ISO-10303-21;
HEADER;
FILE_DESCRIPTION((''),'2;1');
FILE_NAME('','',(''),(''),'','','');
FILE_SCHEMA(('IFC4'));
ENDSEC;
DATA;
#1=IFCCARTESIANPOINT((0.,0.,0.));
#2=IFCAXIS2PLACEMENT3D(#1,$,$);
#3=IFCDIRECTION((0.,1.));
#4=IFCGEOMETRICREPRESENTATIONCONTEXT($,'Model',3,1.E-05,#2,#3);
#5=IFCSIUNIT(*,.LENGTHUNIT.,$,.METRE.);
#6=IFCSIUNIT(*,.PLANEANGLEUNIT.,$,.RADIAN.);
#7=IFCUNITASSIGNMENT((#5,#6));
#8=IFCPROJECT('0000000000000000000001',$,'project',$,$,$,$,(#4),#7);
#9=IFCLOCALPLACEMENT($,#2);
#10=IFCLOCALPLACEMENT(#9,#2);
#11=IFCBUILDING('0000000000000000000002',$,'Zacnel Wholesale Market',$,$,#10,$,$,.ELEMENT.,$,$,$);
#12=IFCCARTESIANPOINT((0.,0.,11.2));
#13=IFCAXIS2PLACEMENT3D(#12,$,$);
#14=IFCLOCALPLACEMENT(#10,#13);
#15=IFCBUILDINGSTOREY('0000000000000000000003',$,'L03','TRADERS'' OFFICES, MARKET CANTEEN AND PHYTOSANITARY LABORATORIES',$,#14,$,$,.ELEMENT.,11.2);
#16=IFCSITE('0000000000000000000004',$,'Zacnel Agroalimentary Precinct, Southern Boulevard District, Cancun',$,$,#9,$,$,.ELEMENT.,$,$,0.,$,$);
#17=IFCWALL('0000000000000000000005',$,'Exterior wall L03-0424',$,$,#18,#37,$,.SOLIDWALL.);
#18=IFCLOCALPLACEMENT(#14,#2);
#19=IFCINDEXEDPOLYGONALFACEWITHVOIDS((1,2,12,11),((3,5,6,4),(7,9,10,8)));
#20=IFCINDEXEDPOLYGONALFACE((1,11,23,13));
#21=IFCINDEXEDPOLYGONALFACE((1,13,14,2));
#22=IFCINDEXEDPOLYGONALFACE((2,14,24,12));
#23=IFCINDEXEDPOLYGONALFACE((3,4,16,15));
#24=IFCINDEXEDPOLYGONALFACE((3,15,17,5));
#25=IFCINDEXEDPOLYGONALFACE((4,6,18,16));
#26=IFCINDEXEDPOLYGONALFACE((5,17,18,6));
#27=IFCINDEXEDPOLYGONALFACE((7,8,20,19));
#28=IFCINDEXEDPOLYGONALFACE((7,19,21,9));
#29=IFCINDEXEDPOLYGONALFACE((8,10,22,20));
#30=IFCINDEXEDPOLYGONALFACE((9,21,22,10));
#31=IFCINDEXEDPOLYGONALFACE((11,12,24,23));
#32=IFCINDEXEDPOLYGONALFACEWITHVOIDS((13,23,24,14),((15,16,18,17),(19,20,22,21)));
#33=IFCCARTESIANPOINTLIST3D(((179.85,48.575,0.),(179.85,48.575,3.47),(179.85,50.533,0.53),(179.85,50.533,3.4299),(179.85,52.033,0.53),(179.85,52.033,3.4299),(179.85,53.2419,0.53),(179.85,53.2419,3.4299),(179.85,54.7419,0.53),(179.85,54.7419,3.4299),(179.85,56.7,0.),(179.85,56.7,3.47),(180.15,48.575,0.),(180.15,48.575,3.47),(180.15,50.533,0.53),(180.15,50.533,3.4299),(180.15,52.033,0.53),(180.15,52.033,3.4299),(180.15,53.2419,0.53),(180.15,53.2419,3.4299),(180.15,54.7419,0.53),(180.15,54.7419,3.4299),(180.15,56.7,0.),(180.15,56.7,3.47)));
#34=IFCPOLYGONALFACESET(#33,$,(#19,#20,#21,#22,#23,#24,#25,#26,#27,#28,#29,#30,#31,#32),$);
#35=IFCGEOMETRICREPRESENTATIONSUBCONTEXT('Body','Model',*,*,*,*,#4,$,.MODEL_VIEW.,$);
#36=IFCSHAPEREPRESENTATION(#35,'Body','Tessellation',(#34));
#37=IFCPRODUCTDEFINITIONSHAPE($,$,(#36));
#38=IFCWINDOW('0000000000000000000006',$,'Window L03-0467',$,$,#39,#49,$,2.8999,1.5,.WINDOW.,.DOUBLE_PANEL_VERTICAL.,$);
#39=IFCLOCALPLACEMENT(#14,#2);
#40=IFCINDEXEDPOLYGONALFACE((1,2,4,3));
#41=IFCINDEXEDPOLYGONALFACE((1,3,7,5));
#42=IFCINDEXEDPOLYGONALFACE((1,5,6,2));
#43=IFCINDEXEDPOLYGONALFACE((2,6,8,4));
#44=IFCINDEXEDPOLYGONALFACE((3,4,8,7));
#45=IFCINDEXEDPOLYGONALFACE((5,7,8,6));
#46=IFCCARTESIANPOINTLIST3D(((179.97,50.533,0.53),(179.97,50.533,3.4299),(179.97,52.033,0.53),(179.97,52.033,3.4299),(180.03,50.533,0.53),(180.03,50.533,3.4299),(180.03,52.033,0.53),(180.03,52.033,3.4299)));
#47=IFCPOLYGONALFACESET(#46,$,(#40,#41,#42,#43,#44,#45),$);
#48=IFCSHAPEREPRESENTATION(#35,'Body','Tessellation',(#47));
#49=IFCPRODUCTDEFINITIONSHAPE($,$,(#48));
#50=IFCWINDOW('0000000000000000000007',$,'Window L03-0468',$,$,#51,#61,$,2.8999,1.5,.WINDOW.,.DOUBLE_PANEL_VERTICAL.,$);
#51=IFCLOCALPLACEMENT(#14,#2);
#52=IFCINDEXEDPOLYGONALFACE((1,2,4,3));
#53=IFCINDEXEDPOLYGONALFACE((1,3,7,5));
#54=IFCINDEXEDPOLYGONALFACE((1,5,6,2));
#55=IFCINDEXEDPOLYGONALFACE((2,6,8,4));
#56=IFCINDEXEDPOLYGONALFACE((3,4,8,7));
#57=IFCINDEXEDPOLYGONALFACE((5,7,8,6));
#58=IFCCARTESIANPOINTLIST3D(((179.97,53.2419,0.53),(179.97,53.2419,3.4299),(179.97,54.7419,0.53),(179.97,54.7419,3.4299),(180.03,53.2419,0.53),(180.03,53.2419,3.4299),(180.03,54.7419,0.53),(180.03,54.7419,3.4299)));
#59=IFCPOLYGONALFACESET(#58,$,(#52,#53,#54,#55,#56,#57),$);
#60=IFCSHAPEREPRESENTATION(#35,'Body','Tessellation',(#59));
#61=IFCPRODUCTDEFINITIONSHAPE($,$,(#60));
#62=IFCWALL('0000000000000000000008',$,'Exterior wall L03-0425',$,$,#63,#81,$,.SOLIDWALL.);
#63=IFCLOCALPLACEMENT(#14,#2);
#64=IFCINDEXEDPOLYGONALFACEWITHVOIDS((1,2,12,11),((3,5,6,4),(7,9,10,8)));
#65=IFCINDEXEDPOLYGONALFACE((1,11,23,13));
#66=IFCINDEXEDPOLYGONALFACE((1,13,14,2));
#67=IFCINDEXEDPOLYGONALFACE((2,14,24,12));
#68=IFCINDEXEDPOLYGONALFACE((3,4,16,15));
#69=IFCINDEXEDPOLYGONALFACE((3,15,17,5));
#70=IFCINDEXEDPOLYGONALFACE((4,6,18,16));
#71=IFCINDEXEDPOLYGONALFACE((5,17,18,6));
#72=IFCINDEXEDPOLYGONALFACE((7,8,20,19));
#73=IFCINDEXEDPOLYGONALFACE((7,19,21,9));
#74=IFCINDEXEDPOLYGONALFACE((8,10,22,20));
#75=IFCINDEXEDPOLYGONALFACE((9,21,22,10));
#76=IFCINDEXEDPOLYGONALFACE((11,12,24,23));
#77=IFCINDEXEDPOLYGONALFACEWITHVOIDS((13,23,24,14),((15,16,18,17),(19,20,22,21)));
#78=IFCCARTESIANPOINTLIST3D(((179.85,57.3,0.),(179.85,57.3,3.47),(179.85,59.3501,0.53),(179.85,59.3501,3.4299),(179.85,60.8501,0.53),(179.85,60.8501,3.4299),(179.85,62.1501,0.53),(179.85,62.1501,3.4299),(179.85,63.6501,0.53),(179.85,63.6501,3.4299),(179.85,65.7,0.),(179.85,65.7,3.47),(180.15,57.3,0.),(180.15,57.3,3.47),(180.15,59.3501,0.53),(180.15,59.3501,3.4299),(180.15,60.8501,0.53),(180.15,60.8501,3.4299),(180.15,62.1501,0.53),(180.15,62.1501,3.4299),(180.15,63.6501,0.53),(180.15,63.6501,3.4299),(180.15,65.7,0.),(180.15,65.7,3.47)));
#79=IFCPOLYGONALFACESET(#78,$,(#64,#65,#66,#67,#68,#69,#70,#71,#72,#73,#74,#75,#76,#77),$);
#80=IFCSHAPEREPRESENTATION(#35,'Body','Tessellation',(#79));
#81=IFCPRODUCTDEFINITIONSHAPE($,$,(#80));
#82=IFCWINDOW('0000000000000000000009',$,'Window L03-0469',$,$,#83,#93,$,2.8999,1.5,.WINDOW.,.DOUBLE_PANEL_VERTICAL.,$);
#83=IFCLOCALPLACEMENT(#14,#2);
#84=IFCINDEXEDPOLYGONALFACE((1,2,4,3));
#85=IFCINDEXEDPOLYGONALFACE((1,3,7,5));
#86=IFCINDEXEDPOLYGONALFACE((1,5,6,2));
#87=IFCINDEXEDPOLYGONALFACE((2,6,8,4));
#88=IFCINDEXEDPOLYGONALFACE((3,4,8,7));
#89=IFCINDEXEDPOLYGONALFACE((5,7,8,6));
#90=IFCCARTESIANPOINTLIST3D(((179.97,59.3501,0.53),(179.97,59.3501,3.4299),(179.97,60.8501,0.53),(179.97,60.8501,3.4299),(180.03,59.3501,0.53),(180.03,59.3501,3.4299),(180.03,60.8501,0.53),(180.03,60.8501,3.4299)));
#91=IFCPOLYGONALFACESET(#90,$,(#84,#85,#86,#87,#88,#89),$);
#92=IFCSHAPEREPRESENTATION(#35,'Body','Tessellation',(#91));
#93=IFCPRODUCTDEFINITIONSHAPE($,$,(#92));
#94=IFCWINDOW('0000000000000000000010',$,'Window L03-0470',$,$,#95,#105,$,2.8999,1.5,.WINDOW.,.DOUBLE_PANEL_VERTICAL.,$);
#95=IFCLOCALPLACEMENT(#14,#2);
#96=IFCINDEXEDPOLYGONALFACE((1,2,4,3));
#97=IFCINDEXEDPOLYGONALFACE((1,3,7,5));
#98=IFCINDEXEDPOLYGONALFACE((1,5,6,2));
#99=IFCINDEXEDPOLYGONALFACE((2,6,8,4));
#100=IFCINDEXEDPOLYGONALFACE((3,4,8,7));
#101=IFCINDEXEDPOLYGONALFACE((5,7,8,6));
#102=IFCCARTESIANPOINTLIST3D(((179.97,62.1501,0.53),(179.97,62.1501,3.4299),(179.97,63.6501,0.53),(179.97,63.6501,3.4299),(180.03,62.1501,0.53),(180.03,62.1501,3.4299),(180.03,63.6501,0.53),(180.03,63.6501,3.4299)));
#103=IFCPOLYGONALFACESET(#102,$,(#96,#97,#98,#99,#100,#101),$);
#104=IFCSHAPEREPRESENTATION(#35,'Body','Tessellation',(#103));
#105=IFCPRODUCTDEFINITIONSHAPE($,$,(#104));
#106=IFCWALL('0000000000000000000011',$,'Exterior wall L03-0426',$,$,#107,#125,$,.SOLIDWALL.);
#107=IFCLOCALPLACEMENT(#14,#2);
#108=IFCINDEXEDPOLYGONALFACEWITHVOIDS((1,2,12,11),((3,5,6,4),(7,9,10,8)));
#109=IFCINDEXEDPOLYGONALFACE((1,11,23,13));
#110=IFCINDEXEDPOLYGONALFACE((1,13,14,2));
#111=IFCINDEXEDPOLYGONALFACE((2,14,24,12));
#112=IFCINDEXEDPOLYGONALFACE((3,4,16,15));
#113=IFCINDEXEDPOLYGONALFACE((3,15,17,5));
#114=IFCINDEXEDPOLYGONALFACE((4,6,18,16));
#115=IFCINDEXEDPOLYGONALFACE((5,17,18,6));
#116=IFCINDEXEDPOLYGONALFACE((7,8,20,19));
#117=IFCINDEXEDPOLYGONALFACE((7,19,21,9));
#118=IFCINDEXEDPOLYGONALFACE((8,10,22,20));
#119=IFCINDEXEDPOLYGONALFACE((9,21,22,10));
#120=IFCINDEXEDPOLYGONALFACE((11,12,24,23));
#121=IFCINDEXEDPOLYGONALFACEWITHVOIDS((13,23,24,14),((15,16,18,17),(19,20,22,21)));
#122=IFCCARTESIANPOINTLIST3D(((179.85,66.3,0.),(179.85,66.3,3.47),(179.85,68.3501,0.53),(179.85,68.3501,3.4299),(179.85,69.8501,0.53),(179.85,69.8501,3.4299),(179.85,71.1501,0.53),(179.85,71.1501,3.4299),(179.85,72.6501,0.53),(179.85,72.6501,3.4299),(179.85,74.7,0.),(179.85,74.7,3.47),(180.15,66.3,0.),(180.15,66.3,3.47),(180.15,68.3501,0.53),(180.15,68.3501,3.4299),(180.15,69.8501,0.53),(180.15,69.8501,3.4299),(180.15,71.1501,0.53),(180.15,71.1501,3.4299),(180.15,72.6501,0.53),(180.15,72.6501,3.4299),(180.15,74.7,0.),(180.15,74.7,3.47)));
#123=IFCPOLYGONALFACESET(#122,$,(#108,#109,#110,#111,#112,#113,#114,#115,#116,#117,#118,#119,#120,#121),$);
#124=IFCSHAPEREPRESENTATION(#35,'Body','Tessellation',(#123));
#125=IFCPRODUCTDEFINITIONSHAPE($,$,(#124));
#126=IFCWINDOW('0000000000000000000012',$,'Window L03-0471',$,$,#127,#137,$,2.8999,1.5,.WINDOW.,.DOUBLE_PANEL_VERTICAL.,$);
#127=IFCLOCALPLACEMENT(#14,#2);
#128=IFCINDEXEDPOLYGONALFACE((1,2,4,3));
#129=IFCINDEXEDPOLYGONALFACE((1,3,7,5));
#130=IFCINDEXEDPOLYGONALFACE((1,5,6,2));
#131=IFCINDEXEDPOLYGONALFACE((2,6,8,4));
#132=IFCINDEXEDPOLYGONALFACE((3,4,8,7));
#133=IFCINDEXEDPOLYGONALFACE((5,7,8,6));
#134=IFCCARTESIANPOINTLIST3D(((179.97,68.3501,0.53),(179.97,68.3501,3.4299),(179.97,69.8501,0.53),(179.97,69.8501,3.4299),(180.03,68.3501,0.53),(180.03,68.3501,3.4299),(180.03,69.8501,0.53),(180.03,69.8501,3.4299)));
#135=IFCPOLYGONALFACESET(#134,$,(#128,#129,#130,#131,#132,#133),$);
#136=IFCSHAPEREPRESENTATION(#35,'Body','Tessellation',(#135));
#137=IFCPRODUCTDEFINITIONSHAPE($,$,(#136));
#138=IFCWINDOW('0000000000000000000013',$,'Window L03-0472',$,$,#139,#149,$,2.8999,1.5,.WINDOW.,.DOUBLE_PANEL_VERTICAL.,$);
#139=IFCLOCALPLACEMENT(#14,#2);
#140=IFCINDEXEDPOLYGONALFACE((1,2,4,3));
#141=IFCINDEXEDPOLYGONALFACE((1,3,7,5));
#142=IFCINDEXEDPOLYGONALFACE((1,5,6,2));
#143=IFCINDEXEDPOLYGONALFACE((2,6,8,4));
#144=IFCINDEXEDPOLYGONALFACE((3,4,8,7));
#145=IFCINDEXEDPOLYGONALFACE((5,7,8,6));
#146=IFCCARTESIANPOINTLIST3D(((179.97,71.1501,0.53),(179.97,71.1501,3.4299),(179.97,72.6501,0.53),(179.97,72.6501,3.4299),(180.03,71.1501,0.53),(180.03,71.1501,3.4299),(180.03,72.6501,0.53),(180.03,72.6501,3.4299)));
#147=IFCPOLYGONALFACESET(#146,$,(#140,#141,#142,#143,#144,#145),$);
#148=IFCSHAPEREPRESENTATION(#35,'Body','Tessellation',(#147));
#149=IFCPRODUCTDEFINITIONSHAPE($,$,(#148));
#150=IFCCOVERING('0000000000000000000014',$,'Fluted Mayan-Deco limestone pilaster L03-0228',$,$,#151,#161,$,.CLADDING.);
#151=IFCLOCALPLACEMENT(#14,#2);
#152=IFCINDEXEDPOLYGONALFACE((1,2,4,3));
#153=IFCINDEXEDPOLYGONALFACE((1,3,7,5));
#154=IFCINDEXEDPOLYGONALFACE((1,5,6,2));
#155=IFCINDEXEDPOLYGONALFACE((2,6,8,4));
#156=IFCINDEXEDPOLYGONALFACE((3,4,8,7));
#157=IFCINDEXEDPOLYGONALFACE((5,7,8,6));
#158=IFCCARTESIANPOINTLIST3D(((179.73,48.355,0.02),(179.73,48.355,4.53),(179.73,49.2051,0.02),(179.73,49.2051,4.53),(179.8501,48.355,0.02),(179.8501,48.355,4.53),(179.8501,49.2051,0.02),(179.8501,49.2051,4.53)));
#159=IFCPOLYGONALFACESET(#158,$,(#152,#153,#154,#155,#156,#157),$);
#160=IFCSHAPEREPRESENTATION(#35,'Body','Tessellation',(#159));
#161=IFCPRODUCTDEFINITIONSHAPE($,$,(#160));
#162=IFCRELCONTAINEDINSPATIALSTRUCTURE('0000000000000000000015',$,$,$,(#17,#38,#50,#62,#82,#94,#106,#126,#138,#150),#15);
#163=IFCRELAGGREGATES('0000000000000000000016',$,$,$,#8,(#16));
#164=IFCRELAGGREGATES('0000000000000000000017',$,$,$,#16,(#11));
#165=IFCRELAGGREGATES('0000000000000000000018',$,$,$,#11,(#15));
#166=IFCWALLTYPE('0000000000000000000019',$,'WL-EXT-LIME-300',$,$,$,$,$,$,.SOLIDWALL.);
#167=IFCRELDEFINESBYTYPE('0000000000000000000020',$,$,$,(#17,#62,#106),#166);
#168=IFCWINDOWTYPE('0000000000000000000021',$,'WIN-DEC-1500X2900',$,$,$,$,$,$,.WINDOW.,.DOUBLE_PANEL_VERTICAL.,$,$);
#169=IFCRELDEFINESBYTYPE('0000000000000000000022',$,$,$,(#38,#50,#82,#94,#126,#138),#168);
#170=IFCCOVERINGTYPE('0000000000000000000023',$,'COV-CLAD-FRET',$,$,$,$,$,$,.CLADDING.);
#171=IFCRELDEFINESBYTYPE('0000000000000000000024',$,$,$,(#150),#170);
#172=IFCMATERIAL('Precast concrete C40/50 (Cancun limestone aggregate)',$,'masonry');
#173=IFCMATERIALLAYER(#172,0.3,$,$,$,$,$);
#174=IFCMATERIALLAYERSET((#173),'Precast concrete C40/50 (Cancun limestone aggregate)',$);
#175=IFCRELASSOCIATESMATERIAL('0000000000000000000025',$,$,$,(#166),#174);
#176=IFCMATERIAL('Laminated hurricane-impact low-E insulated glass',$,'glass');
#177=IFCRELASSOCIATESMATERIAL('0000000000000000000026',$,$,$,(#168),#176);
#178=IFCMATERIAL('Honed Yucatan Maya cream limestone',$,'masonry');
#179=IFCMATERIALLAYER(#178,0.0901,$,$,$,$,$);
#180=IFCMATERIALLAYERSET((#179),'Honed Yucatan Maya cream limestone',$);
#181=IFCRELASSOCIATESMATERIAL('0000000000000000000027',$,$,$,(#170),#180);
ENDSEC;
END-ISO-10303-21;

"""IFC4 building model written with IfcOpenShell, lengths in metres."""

from ifc_helpers import new_model, si_unit, direction, frame, frame_2d, origin, origin_2d, place, context, subcontext, project, spatial, rectangle, extrude, material, layer, layer_set, type_object, element, fill, save


model = new_model("IFC4")

# Units and contexts
model_context = context("Model", 3, precision=1e-05, world=origin(), true_north=direction((0.0, 1.0)))
body_context = subcontext(model_context, "Body", "Model", "MODEL_VIEW")
ifc_project = project(units=[si_unit("LENGTHUNIT", "METRE"), si_unit("PLANEANGLEUNIT", "RADIAN")], contexts=[model_context])

# Site, building, storey
site_placement = place(None, origin())
site = spatial("IfcSite", under=ifc_project, at=site_placement, Name="Zacnel Agroalimentary Precinct, Southern Boulevard District, Cancun", CompositionType="ELEMENT", RefElevation=0.0)
building_placement = place(site_placement, origin())
building = spatial("IfcBuilding", under=site, at=building_placement, Name="Zacnel Wholesale Market", CompositionType="ELEMENT")
storey_placement = place(building_placement, frame((0.0, 0.0, 11.2)))
storey = spatial("IfcBuildingStorey", under=building, at=storey_placement, Name="L03", Description="TRADERS' OFFICES, MARKET CANTEEN AND PHYTOSANITARY LABORATORIES", CompositionType="ELEMENT", Elevation=11.2)

# Walls, openings, windows
ifc_material_1 = material(Name="Precast concrete C40/50 (Cancun limestone aggregate)", Category="masonry")
ifc_layer_1 = layer(ifc_material_1, 0.3)
ifc_layer_set_1 = layer_set([ifc_layer_1], Name="Precast concrete C40/50 (Cancun limestone aggregate)")
wall_type = type_object("IfcWallType", Name="WL-EXT-LIME-300", PredefinedType="SOLIDWALL", material=ifc_layer_set_1)
wall_1_placement = place(storey_placement, frame((180.0, 48.575, 0.0), z_axis=(0.0, 0.0, 1.0), x_axis=(0.0, 1.0, 0.0)))
wall_1 = element("IfcWall", 1, at=wall_1_placement, inside=storey, type_object=wall_type, Name="Exterior wall L03-0424", PredefinedType="SOLIDWALL", context=body_context, shape_type="SweptSolid", body=[
    extrude(rectangle(XDim=8.125, YDim=0.3, at=frame_2d((4.0625, 0.0))), origin(), (0.0, 0.0, 1.0), 3.47),
])
opening_1_placement = place(wall_1_placement, frame((1.958, 0.0, 0.53)))
opening_1 = element("IfcOpeningElement", 2, at=opening_1_placement, cuts=wall_1, PredefinedType="OPENING", context=body_context, shape_type="SweptSolid", body=[
    extrude(rectangle(XDim=1.5, YDim=2.8999, at=frame_2d((0.75, 1.45))), frame((0.0, 0.1599, 0.0), z_axis=(0.0, -1.0, 0.0), x_axis=(1.0, 0.0, 0.0)), (0.0, 0.0, 1.0), 0.3201),
])
opening_2_placement = place(wall_1_placement, frame((4.667, 0.0, 0.53)))
opening_2 = element("IfcOpeningElement", 3, at=opening_2_placement, cuts=wall_1, PredefinedType="OPENING", context=body_context, shape_type="SweptSolid", body=[
    extrude(rectangle(XDim=1.5, YDim=2.8999, at=frame_2d((0.75, 1.45))), frame((0.0, 0.1599, 0.0), z_axis=(0.0, -1.0, 0.0), x_axis=(1.0, 0.0, 0.0)), (0.0, 0.0, 1.0), 0.3201),
])
ifc_material_2 = material(Name="Laminated hurricane-impact low-E insulated glass", Category="glass")
window_type = type_object("IfcWindowType", Name="WIN-DEC-1500X2900", PartitioningType="DOUBLE_PANEL_VERTICAL", PredefinedType="WINDOW", material=ifc_material_2)
window_1_placement = place(opening_1_placement, origin())
window_1 = element("IfcWindow", 4, at=window_1_placement, inside=storey, type_object=window_type, Name="Window L03-0467", OverallHeight=2.8999, OverallWidth=1.5, PartitioningType="DOUBLE_PANEL_VERTICAL", PredefinedType="WINDOW", context=body_context, shape_type="SweptSolid", body=[
    extrude(rectangle(XDim=1.5, YDim=2.8999, at=frame_2d((0.75, 1.45))), frame((0.0, 0.03, 0.0), z_axis=(0.0, -1.0, 0.0), x_axis=(1.0, 0.0, 0.0)), (0.0, 0.0, 1.0), 0.0601),
])
fill(opening_1, window_1)
window_2_placement = place(opening_2_placement, origin())
window_2 = element("IfcWindow", 5, at=window_2_placement, inside=storey, type_object=window_type, Name="Window L03-0468", OverallHeight=2.8999, OverallWidth=1.5, PartitioningType="DOUBLE_PANEL_VERTICAL", PredefinedType="WINDOW", context=body_context, shape_type="SweptSolid", body=[
    extrude(rectangle(XDim=1.5, YDim=2.8999, at=frame_2d((0.75, 1.45))), frame((0.0, 0.03, 0.0), z_axis=(0.0, -1.0, 0.0), x_axis=(1.0, 0.0, 0.0)), (0.0, 0.0, 1.0), 0.0601),
])
fill(opening_2, window_2)
wall_2_placement = place(storey_placement, frame((180.0, 57.3, 0.0), z_axis=(0.0, 0.0, 1.0), x_axis=(0.0, 1.0, 0.0)))
wall_2 = element("IfcWall", 6, at=wall_2_placement, inside=storey, type_object=wall_type, Name="Exterior wall L03-0425", PredefinedType="SOLIDWALL", context=body_context, shape_type="SweptSolid", body=[
    extrude(rectangle(XDim=8.3999, YDim=0.3, at=frame_2d((4.2, 0.0))), origin(), (0.0, 0.0, 1.0), 3.47),
])
opening_3_placement = place(wall_2_placement, frame((2.05, 0.0, 0.53)))
opening_3 = element("IfcOpeningElement", 7, at=opening_3_placement, cuts=wall_2, PredefinedType="OPENING", context=body_context, shape_type="SweptSolid", body=[
    extrude(rectangle(XDim=1.5, YDim=2.8999, at=frame_2d((0.75, 1.45))), frame((0.0, 0.1599, 0.0), z_axis=(0.0, -1.0, 0.0), x_axis=(1.0, 0.0, 0.0)), (0.0, 0.0, 1.0), 0.3201),
])
opening_4_placement = place(wall_2_placement, frame((4.8501, 0.0, 0.53)))
opening_4 = element("IfcOpeningElement", 8, at=opening_4_placement, cuts=wall_2, PredefinedType="OPENING", context=body_context, shape_type="SweptSolid", body=[
    extrude(rectangle(XDim=1.5, YDim=2.8999, at=frame_2d((0.75, 1.45))), frame((0.0, 0.1599, 0.0), z_axis=(0.0, -1.0, 0.0), x_axis=(1.0, 0.0, 0.0)), (0.0, 0.0, 1.0), 0.3201),
])
window_3_placement = place(opening_3_placement, origin())
window_3 = element("IfcWindow", 9, at=window_3_placement, inside=storey, type_object=window_type, Name="Window L03-0469", OverallHeight=2.8999, OverallWidth=1.5, PartitioningType="DOUBLE_PANEL_VERTICAL", PredefinedType="WINDOW", context=body_context, shape_type="SweptSolid", body=[
    extrude(rectangle(XDim=1.5, YDim=2.8999, at=frame_2d((0.75, 1.45))), frame((0.0, 0.03, 0.0), z_axis=(0.0, -1.0, 0.0), x_axis=(1.0, 0.0, 0.0)), (0.0, 0.0, 1.0), 0.0601),
])
fill(opening_3, window_3)
window_4_placement = place(opening_4_placement, origin())
window_4 = element("IfcWindow", 10, at=window_4_placement, inside=storey, type_object=window_type, Name="Window L03-0470", OverallHeight=2.8999, OverallWidth=1.5, PartitioningType="DOUBLE_PANEL_VERTICAL", PredefinedType="WINDOW", context=body_context, shape_type="SweptSolid", body=[
    extrude(rectangle(XDim=1.5, YDim=2.8999, at=frame_2d((0.75, 1.45))), frame((0.0, 0.03, 0.0), z_axis=(0.0, -1.0, 0.0), x_axis=(1.0, 0.0, 0.0)), (0.0, 0.0, 1.0), 0.0601),
])
fill(opening_4, window_4)
wall_3_placement = place(storey_placement, frame((180.0, 66.3, 0.0), z_axis=(0.0, 0.0, 1.0), x_axis=(0.0, 1.0, 0.0)))
wall_3 = element("IfcWall", 11, at=wall_3_placement, inside=storey, type_object=wall_type, Name="Exterior wall L03-0426", PredefinedType="SOLIDWALL", context=body_context, shape_type="SweptSolid", body=[
    extrude(rectangle(XDim=8.3999, YDim=0.3, at=frame_2d((4.2, 0.0))), origin(), (0.0, 0.0, 1.0), 3.47),
])
opening_5_placement = place(wall_3_placement, frame((2.05, 0.0, 0.53)))
opening_5 = element("IfcOpeningElement", 12, at=opening_5_placement, cuts=wall_3, PredefinedType="OPENING", context=body_context, shape_type="SweptSolid", body=[
    extrude(rectangle(XDim=1.5, YDim=2.8999, at=frame_2d((0.75, 1.45))), frame((0.0, 0.1599, 0.0), z_axis=(0.0, -1.0, 0.0), x_axis=(1.0, 0.0, 0.0)), (0.0, 0.0, 1.0), 0.3201),
])
opening_6_placement = place(wall_3_placement, frame((4.8501, 0.0, 0.53)))
opening_6 = element("IfcOpeningElement", 13, at=opening_6_placement, cuts=wall_3, PredefinedType="OPENING", context=body_context, shape_type="SweptSolid", body=[
    extrude(rectangle(XDim=1.5, YDim=2.8999, at=frame_2d((0.75, 1.45))), frame((0.0, 0.1599, 0.0), z_axis=(0.0, -1.0, 0.0), x_axis=(1.0, 0.0, 0.0)), (0.0, 0.0, 1.0), 0.3201),
])
window_5_placement = place(opening_5_placement, origin())
window_5 = element("IfcWindow", 14, at=window_5_placement, inside=storey, type_object=window_type, Name="Window L03-0471", OverallHeight=2.8999, OverallWidth=1.5, PartitioningType="DOUBLE_PANEL_VERTICAL", PredefinedType="WINDOW", context=body_context, shape_type="SweptSolid", body=[
    extrude(rectangle(XDim=1.5, YDim=2.8999, at=frame_2d((0.75, 1.45))), frame((0.0, 0.03, 0.0), z_axis=(0.0, -1.0, 0.0), x_axis=(1.0, 0.0, 0.0)), (0.0, 0.0, 1.0), 0.0601),
])
fill(opening_5, window_5)
window_6_placement = place(opening_6_placement, origin())
window_6 = element("IfcWindow", 15, at=window_6_placement, inside=storey, type_object=window_type, Name="Window L03-0472", OverallHeight=2.8999, OverallWidth=1.5, PartitioningType="DOUBLE_PANEL_VERTICAL", PredefinedType="WINDOW", context=body_context, shape_type="SweptSolid", body=[
    extrude(rectangle(XDim=1.5, YDim=2.8999, at=frame_2d((0.75, 1.45))), frame((0.0, 0.03, 0.0), z_axis=(0.0, -1.0, 0.0), x_axis=(1.0, 0.0, 0.0)), (0.0, 0.0, 1.0), 0.0601),
])
fill(opening_6, window_6)

# Covering
ifc_material_3 = material(Name="Honed Yucatan Maya cream limestone", Category="masonry")
ifc_layer_2 = layer(ifc_material_3, 0.0901)
ifc_layer_set_2 = layer_set([ifc_layer_2], Name="Honed Yucatan Maya cream limestone")
covering_type = type_object("IfcCoveringType", Name="COV-CLAD-FRET", PredefinedType="CLADDING", material=ifc_layer_set_2)
for number, where, z_axis, x_axis, name in (
    (16, (179.79, 48.78, 0.02), (0.0, 0.0, 1.0), (0.0, 1.0, 0.0), "Fluted Mayan-Deco limestone pilaster L03-0228"),
):
    element("IfcCovering", number, at=place(storey_placement, frame(where, z_axis=z_axis, x_axis=x_axis)), inside=storey, type_object=covering_type, Name=name, PredefinedType="CLADDING", context=body_context, shape_type="SweptSolid", body=[
        extrude(rectangle(XDim=0.8501, YDim=0.1201, at=origin_2d()), origin(), (0.0, 0.0, 1.0), 4.51),
    ])

save(model, "model.ifc")
